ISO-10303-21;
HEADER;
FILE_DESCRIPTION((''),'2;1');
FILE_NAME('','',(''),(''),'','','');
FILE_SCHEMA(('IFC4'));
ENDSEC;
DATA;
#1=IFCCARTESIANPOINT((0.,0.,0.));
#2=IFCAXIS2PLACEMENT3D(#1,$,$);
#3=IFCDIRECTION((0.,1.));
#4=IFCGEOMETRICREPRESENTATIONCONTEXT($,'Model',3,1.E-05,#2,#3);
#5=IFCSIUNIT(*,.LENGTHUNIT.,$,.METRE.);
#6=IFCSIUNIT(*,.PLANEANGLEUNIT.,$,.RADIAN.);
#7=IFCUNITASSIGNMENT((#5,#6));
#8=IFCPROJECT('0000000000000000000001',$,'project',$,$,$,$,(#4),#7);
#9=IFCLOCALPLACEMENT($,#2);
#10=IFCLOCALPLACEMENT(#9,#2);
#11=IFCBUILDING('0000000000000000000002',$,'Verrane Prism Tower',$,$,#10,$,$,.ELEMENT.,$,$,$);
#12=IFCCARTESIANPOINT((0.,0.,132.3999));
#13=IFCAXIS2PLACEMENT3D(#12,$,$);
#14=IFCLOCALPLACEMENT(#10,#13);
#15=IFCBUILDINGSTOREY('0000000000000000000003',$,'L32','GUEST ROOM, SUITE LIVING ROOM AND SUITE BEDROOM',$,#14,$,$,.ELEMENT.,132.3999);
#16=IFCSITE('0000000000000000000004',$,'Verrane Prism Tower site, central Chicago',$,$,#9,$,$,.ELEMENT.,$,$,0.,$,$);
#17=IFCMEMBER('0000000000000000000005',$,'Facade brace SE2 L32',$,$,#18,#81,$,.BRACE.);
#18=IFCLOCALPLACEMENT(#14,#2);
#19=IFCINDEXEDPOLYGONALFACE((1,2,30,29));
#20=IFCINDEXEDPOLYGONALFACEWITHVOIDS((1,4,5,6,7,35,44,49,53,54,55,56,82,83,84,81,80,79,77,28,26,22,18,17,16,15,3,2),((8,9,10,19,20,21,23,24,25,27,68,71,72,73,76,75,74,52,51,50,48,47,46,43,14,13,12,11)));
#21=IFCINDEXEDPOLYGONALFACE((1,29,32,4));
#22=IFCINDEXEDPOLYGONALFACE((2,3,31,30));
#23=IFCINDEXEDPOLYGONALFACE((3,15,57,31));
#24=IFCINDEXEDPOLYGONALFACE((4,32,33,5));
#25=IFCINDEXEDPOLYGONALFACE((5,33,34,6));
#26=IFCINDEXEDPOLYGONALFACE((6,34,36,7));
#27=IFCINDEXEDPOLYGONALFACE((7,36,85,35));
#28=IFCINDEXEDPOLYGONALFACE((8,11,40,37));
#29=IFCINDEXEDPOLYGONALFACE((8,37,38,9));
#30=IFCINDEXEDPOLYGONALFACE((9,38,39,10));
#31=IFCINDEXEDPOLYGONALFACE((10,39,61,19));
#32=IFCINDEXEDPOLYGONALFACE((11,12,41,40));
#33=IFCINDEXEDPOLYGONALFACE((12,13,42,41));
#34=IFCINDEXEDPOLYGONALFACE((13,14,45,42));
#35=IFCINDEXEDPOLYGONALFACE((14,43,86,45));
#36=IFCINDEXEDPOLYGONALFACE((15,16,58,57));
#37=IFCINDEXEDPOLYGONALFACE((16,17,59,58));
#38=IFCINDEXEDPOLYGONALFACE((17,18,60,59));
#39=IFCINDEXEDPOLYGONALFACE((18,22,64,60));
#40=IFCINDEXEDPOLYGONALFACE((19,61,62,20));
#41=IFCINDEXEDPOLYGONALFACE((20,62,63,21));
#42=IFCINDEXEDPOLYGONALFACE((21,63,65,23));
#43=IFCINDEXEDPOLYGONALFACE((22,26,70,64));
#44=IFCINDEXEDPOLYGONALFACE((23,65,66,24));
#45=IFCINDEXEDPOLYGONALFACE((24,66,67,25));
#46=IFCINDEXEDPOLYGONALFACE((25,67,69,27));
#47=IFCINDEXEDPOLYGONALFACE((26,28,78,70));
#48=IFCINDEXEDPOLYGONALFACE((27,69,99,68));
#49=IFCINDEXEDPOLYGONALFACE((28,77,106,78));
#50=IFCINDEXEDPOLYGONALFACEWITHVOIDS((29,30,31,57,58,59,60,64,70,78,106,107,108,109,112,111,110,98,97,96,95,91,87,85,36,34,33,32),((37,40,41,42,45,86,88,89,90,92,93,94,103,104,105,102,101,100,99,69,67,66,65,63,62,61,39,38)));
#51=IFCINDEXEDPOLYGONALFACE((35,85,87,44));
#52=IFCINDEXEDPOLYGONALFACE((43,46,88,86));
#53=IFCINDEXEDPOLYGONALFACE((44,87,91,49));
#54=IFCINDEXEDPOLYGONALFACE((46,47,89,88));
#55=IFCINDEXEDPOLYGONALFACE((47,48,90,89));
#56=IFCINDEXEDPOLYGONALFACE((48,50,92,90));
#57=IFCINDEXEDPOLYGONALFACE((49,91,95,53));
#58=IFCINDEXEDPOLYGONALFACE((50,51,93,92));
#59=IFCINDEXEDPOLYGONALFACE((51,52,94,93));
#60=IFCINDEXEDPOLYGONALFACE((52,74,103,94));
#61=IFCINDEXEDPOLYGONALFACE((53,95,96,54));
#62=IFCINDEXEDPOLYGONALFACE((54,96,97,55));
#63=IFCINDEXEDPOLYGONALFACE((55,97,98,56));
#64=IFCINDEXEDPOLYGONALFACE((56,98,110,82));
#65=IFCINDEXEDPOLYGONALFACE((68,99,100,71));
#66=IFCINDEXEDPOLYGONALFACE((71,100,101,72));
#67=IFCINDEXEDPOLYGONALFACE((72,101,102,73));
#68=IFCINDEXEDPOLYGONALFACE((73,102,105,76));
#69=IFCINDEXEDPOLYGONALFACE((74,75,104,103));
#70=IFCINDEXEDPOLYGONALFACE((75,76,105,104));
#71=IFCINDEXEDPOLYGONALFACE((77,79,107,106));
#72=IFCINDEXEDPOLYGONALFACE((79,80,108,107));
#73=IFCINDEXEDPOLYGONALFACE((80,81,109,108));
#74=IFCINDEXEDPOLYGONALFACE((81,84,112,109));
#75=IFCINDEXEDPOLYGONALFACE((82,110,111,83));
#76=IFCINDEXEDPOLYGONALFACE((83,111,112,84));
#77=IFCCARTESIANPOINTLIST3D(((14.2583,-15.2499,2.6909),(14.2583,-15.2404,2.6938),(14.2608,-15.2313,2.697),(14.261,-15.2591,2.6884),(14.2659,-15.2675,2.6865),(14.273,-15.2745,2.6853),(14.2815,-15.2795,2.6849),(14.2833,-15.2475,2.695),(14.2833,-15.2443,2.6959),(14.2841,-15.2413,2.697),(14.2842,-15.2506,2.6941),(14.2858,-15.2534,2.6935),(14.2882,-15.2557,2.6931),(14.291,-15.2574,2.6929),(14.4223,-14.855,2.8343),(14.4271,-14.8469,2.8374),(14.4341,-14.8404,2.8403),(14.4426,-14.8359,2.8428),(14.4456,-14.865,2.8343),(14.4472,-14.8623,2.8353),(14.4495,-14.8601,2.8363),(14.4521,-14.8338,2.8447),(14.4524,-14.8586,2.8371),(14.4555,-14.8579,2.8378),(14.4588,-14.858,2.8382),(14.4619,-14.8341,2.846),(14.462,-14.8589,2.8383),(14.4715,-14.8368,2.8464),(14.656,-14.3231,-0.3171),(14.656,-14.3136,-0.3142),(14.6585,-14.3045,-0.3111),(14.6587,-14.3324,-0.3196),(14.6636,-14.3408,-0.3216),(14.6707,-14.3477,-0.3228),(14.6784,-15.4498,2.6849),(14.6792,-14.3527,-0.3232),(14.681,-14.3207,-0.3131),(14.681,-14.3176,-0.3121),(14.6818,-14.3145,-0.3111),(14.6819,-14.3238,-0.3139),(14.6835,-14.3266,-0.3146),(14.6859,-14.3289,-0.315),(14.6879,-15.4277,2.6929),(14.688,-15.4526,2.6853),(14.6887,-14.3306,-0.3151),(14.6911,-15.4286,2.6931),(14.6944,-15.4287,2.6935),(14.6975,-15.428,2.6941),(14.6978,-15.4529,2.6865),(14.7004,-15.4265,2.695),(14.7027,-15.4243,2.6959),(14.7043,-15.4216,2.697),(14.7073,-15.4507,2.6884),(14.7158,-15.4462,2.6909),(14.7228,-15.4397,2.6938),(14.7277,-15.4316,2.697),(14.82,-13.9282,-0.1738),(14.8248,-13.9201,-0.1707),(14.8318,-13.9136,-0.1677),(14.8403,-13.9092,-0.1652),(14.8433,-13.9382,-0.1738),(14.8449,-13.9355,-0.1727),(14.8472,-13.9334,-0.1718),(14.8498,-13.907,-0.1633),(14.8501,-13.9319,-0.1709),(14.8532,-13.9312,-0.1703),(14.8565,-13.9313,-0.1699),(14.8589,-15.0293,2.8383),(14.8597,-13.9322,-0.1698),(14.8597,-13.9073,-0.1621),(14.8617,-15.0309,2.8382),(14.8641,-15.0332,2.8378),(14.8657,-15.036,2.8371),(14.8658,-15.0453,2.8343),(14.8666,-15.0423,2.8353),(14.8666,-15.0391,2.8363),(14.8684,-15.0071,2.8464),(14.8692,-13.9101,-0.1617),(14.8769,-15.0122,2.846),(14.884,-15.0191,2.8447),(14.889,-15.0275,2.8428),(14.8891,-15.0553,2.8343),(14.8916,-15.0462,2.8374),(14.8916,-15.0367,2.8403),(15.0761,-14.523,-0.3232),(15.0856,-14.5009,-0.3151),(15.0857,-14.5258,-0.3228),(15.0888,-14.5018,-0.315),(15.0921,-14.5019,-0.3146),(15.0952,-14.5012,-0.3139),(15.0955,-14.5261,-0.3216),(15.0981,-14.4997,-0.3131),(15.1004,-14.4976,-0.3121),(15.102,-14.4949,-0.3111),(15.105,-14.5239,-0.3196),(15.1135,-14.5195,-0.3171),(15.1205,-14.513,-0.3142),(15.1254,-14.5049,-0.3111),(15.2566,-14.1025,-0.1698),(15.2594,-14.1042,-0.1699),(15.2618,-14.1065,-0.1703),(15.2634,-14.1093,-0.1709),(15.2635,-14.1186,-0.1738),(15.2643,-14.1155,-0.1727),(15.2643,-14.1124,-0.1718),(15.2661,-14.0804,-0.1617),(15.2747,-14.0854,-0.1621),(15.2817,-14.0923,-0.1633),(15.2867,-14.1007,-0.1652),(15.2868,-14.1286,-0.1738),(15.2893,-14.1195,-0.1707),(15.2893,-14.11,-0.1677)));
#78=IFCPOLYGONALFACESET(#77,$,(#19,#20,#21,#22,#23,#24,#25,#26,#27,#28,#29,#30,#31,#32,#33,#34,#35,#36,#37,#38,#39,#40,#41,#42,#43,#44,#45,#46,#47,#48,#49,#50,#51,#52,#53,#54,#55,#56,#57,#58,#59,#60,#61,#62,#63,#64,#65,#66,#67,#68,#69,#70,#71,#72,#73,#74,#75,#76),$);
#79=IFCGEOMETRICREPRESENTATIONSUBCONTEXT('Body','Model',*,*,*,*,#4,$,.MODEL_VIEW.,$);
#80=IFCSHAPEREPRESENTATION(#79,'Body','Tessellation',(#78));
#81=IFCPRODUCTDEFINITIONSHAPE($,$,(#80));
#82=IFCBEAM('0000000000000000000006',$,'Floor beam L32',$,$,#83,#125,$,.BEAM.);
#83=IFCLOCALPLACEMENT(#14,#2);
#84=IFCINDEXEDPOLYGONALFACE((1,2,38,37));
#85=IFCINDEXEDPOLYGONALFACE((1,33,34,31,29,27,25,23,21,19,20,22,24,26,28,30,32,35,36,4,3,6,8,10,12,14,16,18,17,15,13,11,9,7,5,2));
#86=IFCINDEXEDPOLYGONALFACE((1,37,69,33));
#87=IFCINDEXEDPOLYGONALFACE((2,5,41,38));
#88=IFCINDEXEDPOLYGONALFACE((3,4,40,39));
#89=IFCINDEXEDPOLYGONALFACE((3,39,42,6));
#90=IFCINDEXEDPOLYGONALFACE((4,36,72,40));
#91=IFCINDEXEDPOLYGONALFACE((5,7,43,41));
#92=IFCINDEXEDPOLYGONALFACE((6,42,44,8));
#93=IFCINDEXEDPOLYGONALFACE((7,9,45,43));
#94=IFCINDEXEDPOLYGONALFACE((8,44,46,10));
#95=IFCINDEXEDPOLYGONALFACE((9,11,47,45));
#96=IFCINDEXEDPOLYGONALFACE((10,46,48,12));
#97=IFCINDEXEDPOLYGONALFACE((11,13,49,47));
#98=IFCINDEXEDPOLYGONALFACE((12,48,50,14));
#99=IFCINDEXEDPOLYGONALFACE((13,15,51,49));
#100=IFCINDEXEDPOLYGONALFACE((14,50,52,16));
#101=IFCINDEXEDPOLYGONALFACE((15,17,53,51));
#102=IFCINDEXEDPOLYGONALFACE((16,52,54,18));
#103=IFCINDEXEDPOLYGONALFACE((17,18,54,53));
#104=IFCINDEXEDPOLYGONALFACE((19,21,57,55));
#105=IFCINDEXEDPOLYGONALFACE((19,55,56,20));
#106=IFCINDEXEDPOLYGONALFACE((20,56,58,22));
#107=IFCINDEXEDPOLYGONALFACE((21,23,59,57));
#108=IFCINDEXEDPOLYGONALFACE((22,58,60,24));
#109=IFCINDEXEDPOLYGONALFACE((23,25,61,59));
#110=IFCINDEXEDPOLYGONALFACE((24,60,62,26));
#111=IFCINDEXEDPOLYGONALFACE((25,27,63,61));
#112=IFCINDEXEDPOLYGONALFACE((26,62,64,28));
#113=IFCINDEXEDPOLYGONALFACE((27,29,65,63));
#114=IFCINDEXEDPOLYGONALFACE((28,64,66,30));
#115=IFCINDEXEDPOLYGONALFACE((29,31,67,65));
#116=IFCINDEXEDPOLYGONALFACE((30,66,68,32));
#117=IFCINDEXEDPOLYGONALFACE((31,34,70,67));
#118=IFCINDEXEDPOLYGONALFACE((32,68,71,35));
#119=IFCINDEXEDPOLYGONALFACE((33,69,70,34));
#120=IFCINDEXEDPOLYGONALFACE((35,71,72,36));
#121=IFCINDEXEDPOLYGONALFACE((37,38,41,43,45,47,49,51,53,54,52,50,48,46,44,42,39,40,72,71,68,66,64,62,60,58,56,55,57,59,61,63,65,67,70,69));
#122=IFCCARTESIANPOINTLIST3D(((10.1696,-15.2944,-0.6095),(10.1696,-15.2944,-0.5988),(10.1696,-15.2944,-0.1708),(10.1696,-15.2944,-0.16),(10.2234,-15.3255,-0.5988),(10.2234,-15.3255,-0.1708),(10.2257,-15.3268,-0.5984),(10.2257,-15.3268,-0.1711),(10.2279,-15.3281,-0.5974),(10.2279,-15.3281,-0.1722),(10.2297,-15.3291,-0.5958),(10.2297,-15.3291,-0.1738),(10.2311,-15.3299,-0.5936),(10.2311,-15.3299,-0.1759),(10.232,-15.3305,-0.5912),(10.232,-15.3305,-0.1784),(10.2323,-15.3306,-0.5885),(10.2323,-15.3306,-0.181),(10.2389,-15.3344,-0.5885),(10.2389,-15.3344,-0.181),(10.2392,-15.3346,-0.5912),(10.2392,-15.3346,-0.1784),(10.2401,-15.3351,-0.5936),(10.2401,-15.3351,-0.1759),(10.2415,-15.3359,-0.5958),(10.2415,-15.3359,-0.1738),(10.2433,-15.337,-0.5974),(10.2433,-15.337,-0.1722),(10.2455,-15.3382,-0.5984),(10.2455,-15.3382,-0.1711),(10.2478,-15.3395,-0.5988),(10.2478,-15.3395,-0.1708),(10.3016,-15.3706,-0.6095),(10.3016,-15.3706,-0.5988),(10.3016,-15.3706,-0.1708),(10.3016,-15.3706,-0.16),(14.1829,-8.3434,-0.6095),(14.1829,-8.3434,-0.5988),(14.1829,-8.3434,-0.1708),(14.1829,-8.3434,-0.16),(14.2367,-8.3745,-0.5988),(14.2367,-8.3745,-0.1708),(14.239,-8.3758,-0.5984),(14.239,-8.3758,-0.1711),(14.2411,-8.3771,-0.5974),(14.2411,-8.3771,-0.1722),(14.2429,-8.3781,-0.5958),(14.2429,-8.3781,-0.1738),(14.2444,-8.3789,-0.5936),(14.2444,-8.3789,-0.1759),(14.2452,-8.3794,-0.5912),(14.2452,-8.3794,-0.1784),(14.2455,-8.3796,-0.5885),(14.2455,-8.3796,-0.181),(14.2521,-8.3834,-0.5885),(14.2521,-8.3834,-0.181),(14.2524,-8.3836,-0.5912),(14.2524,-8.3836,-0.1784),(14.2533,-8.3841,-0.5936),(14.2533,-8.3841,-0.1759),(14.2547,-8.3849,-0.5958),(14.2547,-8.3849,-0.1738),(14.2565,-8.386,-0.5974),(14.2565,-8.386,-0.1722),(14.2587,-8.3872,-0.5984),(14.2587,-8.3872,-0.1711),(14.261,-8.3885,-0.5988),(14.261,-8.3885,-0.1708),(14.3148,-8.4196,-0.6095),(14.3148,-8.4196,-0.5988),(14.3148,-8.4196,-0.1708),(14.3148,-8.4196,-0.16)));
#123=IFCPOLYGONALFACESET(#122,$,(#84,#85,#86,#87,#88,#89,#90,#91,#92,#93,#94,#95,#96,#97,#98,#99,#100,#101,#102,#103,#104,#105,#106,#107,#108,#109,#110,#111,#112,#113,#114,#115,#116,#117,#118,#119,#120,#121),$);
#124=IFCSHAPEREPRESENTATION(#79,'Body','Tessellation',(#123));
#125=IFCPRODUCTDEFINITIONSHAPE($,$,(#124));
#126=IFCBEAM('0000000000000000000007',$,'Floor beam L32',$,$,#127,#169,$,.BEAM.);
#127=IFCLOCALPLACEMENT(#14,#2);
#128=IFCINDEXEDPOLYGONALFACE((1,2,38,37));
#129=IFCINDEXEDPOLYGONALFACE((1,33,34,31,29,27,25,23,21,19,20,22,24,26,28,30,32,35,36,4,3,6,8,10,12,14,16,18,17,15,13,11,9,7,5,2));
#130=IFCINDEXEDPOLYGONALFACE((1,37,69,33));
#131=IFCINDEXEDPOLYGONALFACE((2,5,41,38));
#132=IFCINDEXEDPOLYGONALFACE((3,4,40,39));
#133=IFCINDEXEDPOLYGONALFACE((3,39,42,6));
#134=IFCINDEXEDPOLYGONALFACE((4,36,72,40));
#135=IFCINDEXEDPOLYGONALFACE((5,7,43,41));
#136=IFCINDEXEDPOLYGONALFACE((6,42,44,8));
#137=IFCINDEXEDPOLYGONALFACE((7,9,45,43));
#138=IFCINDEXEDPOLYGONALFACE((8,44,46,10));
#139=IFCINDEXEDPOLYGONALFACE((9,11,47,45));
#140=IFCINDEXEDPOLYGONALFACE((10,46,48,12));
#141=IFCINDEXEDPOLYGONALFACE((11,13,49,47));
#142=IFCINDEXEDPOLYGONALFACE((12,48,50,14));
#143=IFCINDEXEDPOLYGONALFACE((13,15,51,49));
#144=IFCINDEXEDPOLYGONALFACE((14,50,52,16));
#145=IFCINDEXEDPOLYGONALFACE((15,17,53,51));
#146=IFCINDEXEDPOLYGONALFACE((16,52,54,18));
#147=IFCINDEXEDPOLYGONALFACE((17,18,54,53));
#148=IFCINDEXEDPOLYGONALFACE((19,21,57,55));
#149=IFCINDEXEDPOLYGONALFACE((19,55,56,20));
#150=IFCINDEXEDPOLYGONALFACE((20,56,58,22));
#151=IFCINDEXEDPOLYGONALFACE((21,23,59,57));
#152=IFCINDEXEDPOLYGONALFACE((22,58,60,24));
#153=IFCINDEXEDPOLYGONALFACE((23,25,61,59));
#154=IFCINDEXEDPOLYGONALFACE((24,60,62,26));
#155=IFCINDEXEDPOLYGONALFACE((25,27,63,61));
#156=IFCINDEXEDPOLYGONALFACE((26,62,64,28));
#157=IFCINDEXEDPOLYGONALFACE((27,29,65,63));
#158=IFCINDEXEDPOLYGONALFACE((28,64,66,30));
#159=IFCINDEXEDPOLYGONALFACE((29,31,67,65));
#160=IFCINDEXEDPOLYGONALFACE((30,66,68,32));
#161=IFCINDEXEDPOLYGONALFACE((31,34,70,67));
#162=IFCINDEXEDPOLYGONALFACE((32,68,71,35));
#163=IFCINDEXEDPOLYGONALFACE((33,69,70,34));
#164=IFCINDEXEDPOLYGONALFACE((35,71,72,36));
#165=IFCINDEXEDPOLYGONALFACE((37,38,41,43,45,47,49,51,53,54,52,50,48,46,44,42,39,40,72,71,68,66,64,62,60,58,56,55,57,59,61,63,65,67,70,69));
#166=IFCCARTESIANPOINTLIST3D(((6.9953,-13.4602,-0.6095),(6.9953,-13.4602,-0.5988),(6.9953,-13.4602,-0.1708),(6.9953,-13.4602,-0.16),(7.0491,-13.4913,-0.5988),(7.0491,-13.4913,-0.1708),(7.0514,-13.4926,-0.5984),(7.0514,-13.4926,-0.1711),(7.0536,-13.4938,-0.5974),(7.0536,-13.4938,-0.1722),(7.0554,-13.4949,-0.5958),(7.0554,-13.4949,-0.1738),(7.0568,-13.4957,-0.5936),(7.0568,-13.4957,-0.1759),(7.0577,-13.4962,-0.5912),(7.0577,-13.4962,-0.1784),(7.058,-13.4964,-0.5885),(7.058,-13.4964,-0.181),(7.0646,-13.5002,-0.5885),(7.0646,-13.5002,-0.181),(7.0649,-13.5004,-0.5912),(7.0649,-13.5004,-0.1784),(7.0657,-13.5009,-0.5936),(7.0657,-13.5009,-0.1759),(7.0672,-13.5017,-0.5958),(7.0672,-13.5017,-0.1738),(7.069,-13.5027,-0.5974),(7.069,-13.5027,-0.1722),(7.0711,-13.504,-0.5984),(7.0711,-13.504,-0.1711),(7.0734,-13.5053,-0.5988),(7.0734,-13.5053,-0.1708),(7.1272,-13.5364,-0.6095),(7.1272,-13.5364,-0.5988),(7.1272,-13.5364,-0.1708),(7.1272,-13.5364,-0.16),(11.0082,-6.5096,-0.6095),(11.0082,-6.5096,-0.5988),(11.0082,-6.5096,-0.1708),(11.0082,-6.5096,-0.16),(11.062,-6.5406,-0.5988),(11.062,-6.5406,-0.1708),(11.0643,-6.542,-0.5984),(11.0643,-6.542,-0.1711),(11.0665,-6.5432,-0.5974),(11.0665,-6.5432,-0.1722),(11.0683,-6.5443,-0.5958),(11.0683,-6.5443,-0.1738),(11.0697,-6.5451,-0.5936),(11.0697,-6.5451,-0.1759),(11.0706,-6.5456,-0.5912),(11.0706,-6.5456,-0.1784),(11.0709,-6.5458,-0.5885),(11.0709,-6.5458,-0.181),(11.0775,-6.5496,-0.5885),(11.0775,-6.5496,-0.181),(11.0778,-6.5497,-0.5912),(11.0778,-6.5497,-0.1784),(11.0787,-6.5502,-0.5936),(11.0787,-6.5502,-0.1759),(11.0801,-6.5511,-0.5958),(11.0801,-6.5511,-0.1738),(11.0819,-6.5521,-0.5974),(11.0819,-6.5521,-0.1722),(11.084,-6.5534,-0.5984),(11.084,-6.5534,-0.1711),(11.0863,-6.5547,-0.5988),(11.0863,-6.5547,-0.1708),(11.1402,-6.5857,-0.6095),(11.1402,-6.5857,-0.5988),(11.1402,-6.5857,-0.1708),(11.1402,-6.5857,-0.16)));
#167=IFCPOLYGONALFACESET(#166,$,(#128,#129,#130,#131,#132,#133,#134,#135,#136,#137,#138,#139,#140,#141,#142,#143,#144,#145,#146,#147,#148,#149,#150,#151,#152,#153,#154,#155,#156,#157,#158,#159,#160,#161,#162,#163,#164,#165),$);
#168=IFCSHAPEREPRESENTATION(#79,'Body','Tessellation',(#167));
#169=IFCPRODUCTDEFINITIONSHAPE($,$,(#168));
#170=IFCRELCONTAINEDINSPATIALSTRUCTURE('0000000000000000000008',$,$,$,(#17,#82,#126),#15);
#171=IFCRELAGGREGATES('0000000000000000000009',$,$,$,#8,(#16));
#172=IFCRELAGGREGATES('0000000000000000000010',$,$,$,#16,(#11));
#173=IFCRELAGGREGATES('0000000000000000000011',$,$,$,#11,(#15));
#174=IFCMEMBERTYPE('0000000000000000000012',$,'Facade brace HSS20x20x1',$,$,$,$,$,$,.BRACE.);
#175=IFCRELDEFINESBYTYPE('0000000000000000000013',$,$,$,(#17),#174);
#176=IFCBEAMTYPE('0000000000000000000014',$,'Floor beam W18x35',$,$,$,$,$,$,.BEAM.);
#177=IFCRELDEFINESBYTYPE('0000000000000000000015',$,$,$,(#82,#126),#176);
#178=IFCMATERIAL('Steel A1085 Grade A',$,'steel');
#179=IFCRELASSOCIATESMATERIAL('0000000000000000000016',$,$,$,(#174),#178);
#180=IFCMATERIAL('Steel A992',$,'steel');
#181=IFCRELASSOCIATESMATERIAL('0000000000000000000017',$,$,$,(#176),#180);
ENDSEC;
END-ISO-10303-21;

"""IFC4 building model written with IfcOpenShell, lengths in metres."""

from ifc_helpers import new_model, si_unit, direction, frame, origin, origin_2d, place, context, subcontext, project, spatial, hollow_rectangle, i_section, extrude, material, material_profile, profile_set, type_object, element, save


model = new_model("IFC4")

# Units and contexts
model_context = context("Model", 3, precision=1e-05, world=origin(), true_north=direction((0.0, 1.0)))
body_context = subcontext(model_context, "Body", "Model", "MODEL_VIEW")
ifc_project = project(units=[si_unit("LENGTHUNIT", "METRE"), si_unit("PLANEANGLEUNIT", "RADIAN")], contexts=[model_context])

# Site, building, storey
site_placement = place(None, origin())
site = spatial("IfcSite", under=ifc_project, at=site_placement, Name="Verrane Prism Tower site, central Chicago", CompositionType="ELEMENT", RefElevation=0.0)
building_placement = place(site_placement, origin())
building = spatial("IfcBuilding", under=site, at=building_placement, Name="Verrane Prism Tower", CompositionType="ELEMENT")
storey_placement = place(building_placement, frame((0.0, 0.0, 132.3999)))
storey = spatial("IfcBuildingStorey", under=building, at=storey_placement, Name="L32", Description="GUEST ROOM, SUITE LIVING ROOM AND SUITE BEDROOM", CompositionType="ELEMENT", Elevation=132.3999)

# Member
ifc_material_1 = material(Name="Steel A1085 Grade A", Category="steel")
ifc_material_profile_1 = material_profile(ifc_material_1, hollow_rectangle(XDim=0.5081, YDim=0.5081, WallThickness=0.0254, InnerFilletRadius=0.0127, OuterFilletRadius=0.0381, at=origin_2d()), Name="HSS20x20x1")
ifc_profile_set_1 = profile_set([ifc_material_profile_1], Name="Steel A1085 Grade A")
member_type_1 = type_object("IfcMemberType", Name="Facade brace HSS20x20x1", PredefinedType="BRACE", material=ifc_profile_set_1)
member_1_placement = place(storey_placement, frame((14.9727, -14.2166, -0.2424), z_axis=(-0.125356, -0.292112, 0.948133), x_axis=(0.918957, -0.394358, 0.0)))
element("IfcMember", 1, at=member_1_placement, inside=storey, type_object=member_type_1, Name="Facade brace SE2 L32", PredefinedType="BRACE", context=body_context, shape_type="SweptSolid", body=[
    extrude(hollow_rectangle(XDim=0.5081, YDim=0.5081, WallThickness=0.0254, InnerFilletRadius=0.0127, OuterFilletRadius=0.0381, at=origin_2d()), origin(), (0.0, 0.0, 1.0), 3.1726),
])

# Beams
ifc_material_2 = material(Name="Steel A992", Category="steel")
ifc_material_profile_2 = material_profile(ifc_material_2, i_section(OverallWidth=0.1523, OverallDepth=0.4495, WebThickness=0.0076, FlangeThickness=0.0107, FilletRadius=0.0103, at=origin_2d()), Name="W18x35")
ifc_profile_set_2 = profile_set([ifc_material_profile_2], Name="Steel A992")
beam_type_1 = type_object("IfcBeamType", Name="Floor beam W18x35", PredefinedType="BEAM", material=ifc_profile_set_2)
beam_1_placement = place(storey_placement, frame((10.2356, -15.3325, -0.3848), z_axis=(0.500006, 0.866022, 0.0), x_axis=(-0.866022, 0.500006, 0.0)))
element("IfcBeam", 2, at=beam_1_placement, inside=storey, type_object=beam_type_1, Name="Floor beam L32", PredefinedType="BEAM", context=body_context, shape_type="SweptSolid", body=[
    extrude(i_section(OverallWidth=0.1523, OverallDepth=0.4495, WebThickness=0.0076, FlangeThickness=0.0107, FilletRadius=0.0103, at=origin_2d()), origin(), (0.0, 0.0, 1.0), 8.0264),
])
beam_2_placement = place(storey_placement, frame((7.0613, -13.4983, -0.3848), z_axis=(0.499996, 0.866028, 0.0), x_axis=(-0.866028, 0.499996, 0.0)))
element("IfcBeam", 3, at=beam_2_placement, inside=storey, type_object=beam_type_1, Name="Floor beam L32", PredefinedType="BEAM", context=body_context, shape_type="SweptSolid", body=[
    extrude(i_section(OverallWidth=0.1523, OverallDepth=0.4495, WebThickness=0.0076, FlangeThickness=0.0107, FilletRadius=0.0103, at=origin_2d()), origin(), (0.0, 0.0, 1.0), 8.0259),
])

save(model, "model.ifc")
